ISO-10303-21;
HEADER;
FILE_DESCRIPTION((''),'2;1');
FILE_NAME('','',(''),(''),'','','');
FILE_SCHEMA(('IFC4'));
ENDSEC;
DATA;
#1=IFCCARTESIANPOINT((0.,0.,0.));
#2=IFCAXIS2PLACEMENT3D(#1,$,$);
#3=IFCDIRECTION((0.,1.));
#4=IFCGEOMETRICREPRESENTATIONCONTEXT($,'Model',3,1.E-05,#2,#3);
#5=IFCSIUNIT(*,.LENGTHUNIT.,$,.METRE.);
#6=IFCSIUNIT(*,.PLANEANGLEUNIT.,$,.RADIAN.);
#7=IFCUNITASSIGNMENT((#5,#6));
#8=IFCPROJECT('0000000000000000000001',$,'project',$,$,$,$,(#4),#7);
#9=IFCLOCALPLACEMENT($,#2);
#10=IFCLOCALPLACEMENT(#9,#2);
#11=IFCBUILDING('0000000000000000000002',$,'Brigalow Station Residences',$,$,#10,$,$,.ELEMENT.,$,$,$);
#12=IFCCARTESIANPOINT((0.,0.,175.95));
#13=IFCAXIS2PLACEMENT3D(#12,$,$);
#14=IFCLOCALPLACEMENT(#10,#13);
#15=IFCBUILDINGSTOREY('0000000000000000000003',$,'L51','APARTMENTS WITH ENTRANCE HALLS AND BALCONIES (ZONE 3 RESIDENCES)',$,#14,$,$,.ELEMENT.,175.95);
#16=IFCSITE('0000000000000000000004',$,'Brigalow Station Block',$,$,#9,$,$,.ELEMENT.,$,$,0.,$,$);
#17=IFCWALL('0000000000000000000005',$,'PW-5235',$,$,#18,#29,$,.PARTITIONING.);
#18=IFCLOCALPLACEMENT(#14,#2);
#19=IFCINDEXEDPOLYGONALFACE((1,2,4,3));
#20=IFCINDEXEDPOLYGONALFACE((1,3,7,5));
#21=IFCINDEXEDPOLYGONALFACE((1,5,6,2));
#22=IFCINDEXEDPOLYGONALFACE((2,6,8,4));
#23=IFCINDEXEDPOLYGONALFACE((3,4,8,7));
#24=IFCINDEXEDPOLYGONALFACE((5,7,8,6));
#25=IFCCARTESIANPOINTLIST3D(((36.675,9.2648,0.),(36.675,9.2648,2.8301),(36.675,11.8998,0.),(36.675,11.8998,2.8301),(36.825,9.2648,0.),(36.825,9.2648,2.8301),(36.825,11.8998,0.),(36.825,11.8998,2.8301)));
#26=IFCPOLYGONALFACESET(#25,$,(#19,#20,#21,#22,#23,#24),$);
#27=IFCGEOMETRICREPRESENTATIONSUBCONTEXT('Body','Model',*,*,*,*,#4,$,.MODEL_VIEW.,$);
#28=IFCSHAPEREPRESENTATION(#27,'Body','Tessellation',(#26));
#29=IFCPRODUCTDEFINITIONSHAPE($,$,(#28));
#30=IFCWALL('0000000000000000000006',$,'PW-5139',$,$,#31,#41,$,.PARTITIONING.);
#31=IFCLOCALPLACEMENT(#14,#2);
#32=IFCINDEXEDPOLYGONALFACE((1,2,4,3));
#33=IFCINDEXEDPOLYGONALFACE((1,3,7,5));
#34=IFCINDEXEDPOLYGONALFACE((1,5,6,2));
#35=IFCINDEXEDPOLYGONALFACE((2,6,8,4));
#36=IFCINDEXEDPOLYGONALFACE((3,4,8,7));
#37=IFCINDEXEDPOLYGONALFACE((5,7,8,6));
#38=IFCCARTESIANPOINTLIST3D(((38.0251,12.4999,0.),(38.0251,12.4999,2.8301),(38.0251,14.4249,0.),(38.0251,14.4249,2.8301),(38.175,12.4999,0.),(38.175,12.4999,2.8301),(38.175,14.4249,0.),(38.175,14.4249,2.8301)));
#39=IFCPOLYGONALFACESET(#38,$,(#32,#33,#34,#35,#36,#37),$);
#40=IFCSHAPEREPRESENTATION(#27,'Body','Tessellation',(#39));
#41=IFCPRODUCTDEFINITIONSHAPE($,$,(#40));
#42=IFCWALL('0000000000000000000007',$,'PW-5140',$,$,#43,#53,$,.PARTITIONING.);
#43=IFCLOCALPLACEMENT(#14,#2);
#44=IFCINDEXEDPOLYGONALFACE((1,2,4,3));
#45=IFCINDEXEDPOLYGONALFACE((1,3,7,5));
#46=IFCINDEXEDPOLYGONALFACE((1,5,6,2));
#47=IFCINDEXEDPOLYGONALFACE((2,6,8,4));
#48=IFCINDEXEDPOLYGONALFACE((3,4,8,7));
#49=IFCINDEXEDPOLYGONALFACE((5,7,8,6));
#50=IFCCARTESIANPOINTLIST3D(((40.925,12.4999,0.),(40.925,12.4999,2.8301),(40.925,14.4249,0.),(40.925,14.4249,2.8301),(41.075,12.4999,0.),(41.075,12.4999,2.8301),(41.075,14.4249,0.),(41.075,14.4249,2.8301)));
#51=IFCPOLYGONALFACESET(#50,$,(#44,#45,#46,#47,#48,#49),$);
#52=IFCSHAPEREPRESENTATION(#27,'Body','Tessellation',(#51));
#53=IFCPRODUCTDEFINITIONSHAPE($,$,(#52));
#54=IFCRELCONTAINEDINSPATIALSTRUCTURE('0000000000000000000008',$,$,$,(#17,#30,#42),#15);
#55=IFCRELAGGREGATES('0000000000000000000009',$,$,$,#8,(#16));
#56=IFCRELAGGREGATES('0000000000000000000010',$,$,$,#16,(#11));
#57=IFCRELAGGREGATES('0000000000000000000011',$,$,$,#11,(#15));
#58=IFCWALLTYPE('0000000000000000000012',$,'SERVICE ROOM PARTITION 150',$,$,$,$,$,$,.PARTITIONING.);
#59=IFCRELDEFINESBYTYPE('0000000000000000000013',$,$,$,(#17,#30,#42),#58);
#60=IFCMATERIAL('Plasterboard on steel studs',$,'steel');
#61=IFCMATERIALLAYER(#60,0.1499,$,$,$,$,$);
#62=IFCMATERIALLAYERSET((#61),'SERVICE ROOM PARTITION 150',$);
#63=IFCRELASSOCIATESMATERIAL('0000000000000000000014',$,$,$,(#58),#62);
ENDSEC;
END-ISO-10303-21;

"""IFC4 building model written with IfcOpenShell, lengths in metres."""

from ifc_helpers import new_model, si_unit, direction, frame, frame_2d, origin, place, context, subcontext, project, spatial, rectangle, extrude, material, layer, layer_set, type_object, element, save


model = new_model("IFC4")

# Units and contexts
model_context = context("Model", 3, precision=1e-05, world=origin(), true_north=direction((0.0, 1.0)))
body_context = subcontext(model_context, "Body", "Model", "MODEL_VIEW")
ifc_project = project(units=[si_unit("LENGTHUNIT", "METRE"), si_unit("PLANEANGLEUNIT", "RADIAN")], contexts=[model_context])

# Site, building, storey
site_placement = place(None, origin())
site = spatial("IfcSite", under=ifc_project, at=site_placement, Name="Brigalow Station Block", CompositionType="ELEMENT", RefElevation=0.0)
building_placement = place(site_placement, origin())
building = spatial("IfcBuilding", under=site, at=building_placement, Name="Brigalow Station Residences", CompositionType="ELEMENT")
storey_placement = place(building_placement, frame((0.0, 0.0, 175.95)))
storey = spatial("IfcBuildingStorey", under=building, at=storey_placement, Name="L51", Description="APARTMENTS WITH ENTRANCE HALLS AND BALCONIES (ZONE 3 RESIDENCES)", CompositionType="ELEMENT", Elevation=175.95)

# Shared definitions
ifc_material_1 = material(Name="Plasterboard on steel studs", Category="steel")
ifc_layer_1 = layer(ifc_material_1, 0.1499)
ifc_layer_set_1 = layer_set([ifc_layer_1], Name="SERVICE ROOM PARTITION 150")
wall_type_1 = type_object("IfcWallType", Name="SERVICE ROOM PARTITION 150", PredefinedType="PARTITIONING", material=ifc_layer_set_1)

# Walls
wall_1_placement = place(storey_placement, frame((36.75, 9.2649, 0.0), z_axis=(0.0, 0.0, 1.0), x_axis=(0.0, 1.0, 0.0)))
element("IfcWall", 1, at=wall_1_placement, inside=storey, type_object=wall_type_1, Name="PW-5235", PredefinedType="PARTITIONING", context=body_context, shape_type="SweptSolid", body=[
    extrude(rectangle(XDim=2.635, YDim=0.1499, at=frame_2d((1.3174, 0.0))), origin(), (0.0, 0.0, 1.0), 2.8301),
])
for number, where, z_axis, x_axis, name in (
    (2, (38.1001, 12.5, 0.0), (0.0, 0.0, 1.0), (0.0, 1.0, 0.0), "PW-5139"),
    (3, (41.0, 12.5, 0.0), (0.0, 0.0, 1.0), (0.0, 1.0, 0.0), "PW-5140"),
):
    element("IfcWall", number, at=place(storey_placement, frame(where, z_axis=z_axis, x_axis=x_axis)), inside=storey, type_object=wall_type_1, Name=name, PredefinedType="PARTITIONING", context=body_context, shape_type="SweptSolid", body=[
        extrude(rectangle(XDim=1.925, YDim=0.1499, at=frame_2d((0.9624, 0.0))), origin(), (0.0, 0.0, 1.0), 2.8301),
    ])

save(model, "model.ifc")
